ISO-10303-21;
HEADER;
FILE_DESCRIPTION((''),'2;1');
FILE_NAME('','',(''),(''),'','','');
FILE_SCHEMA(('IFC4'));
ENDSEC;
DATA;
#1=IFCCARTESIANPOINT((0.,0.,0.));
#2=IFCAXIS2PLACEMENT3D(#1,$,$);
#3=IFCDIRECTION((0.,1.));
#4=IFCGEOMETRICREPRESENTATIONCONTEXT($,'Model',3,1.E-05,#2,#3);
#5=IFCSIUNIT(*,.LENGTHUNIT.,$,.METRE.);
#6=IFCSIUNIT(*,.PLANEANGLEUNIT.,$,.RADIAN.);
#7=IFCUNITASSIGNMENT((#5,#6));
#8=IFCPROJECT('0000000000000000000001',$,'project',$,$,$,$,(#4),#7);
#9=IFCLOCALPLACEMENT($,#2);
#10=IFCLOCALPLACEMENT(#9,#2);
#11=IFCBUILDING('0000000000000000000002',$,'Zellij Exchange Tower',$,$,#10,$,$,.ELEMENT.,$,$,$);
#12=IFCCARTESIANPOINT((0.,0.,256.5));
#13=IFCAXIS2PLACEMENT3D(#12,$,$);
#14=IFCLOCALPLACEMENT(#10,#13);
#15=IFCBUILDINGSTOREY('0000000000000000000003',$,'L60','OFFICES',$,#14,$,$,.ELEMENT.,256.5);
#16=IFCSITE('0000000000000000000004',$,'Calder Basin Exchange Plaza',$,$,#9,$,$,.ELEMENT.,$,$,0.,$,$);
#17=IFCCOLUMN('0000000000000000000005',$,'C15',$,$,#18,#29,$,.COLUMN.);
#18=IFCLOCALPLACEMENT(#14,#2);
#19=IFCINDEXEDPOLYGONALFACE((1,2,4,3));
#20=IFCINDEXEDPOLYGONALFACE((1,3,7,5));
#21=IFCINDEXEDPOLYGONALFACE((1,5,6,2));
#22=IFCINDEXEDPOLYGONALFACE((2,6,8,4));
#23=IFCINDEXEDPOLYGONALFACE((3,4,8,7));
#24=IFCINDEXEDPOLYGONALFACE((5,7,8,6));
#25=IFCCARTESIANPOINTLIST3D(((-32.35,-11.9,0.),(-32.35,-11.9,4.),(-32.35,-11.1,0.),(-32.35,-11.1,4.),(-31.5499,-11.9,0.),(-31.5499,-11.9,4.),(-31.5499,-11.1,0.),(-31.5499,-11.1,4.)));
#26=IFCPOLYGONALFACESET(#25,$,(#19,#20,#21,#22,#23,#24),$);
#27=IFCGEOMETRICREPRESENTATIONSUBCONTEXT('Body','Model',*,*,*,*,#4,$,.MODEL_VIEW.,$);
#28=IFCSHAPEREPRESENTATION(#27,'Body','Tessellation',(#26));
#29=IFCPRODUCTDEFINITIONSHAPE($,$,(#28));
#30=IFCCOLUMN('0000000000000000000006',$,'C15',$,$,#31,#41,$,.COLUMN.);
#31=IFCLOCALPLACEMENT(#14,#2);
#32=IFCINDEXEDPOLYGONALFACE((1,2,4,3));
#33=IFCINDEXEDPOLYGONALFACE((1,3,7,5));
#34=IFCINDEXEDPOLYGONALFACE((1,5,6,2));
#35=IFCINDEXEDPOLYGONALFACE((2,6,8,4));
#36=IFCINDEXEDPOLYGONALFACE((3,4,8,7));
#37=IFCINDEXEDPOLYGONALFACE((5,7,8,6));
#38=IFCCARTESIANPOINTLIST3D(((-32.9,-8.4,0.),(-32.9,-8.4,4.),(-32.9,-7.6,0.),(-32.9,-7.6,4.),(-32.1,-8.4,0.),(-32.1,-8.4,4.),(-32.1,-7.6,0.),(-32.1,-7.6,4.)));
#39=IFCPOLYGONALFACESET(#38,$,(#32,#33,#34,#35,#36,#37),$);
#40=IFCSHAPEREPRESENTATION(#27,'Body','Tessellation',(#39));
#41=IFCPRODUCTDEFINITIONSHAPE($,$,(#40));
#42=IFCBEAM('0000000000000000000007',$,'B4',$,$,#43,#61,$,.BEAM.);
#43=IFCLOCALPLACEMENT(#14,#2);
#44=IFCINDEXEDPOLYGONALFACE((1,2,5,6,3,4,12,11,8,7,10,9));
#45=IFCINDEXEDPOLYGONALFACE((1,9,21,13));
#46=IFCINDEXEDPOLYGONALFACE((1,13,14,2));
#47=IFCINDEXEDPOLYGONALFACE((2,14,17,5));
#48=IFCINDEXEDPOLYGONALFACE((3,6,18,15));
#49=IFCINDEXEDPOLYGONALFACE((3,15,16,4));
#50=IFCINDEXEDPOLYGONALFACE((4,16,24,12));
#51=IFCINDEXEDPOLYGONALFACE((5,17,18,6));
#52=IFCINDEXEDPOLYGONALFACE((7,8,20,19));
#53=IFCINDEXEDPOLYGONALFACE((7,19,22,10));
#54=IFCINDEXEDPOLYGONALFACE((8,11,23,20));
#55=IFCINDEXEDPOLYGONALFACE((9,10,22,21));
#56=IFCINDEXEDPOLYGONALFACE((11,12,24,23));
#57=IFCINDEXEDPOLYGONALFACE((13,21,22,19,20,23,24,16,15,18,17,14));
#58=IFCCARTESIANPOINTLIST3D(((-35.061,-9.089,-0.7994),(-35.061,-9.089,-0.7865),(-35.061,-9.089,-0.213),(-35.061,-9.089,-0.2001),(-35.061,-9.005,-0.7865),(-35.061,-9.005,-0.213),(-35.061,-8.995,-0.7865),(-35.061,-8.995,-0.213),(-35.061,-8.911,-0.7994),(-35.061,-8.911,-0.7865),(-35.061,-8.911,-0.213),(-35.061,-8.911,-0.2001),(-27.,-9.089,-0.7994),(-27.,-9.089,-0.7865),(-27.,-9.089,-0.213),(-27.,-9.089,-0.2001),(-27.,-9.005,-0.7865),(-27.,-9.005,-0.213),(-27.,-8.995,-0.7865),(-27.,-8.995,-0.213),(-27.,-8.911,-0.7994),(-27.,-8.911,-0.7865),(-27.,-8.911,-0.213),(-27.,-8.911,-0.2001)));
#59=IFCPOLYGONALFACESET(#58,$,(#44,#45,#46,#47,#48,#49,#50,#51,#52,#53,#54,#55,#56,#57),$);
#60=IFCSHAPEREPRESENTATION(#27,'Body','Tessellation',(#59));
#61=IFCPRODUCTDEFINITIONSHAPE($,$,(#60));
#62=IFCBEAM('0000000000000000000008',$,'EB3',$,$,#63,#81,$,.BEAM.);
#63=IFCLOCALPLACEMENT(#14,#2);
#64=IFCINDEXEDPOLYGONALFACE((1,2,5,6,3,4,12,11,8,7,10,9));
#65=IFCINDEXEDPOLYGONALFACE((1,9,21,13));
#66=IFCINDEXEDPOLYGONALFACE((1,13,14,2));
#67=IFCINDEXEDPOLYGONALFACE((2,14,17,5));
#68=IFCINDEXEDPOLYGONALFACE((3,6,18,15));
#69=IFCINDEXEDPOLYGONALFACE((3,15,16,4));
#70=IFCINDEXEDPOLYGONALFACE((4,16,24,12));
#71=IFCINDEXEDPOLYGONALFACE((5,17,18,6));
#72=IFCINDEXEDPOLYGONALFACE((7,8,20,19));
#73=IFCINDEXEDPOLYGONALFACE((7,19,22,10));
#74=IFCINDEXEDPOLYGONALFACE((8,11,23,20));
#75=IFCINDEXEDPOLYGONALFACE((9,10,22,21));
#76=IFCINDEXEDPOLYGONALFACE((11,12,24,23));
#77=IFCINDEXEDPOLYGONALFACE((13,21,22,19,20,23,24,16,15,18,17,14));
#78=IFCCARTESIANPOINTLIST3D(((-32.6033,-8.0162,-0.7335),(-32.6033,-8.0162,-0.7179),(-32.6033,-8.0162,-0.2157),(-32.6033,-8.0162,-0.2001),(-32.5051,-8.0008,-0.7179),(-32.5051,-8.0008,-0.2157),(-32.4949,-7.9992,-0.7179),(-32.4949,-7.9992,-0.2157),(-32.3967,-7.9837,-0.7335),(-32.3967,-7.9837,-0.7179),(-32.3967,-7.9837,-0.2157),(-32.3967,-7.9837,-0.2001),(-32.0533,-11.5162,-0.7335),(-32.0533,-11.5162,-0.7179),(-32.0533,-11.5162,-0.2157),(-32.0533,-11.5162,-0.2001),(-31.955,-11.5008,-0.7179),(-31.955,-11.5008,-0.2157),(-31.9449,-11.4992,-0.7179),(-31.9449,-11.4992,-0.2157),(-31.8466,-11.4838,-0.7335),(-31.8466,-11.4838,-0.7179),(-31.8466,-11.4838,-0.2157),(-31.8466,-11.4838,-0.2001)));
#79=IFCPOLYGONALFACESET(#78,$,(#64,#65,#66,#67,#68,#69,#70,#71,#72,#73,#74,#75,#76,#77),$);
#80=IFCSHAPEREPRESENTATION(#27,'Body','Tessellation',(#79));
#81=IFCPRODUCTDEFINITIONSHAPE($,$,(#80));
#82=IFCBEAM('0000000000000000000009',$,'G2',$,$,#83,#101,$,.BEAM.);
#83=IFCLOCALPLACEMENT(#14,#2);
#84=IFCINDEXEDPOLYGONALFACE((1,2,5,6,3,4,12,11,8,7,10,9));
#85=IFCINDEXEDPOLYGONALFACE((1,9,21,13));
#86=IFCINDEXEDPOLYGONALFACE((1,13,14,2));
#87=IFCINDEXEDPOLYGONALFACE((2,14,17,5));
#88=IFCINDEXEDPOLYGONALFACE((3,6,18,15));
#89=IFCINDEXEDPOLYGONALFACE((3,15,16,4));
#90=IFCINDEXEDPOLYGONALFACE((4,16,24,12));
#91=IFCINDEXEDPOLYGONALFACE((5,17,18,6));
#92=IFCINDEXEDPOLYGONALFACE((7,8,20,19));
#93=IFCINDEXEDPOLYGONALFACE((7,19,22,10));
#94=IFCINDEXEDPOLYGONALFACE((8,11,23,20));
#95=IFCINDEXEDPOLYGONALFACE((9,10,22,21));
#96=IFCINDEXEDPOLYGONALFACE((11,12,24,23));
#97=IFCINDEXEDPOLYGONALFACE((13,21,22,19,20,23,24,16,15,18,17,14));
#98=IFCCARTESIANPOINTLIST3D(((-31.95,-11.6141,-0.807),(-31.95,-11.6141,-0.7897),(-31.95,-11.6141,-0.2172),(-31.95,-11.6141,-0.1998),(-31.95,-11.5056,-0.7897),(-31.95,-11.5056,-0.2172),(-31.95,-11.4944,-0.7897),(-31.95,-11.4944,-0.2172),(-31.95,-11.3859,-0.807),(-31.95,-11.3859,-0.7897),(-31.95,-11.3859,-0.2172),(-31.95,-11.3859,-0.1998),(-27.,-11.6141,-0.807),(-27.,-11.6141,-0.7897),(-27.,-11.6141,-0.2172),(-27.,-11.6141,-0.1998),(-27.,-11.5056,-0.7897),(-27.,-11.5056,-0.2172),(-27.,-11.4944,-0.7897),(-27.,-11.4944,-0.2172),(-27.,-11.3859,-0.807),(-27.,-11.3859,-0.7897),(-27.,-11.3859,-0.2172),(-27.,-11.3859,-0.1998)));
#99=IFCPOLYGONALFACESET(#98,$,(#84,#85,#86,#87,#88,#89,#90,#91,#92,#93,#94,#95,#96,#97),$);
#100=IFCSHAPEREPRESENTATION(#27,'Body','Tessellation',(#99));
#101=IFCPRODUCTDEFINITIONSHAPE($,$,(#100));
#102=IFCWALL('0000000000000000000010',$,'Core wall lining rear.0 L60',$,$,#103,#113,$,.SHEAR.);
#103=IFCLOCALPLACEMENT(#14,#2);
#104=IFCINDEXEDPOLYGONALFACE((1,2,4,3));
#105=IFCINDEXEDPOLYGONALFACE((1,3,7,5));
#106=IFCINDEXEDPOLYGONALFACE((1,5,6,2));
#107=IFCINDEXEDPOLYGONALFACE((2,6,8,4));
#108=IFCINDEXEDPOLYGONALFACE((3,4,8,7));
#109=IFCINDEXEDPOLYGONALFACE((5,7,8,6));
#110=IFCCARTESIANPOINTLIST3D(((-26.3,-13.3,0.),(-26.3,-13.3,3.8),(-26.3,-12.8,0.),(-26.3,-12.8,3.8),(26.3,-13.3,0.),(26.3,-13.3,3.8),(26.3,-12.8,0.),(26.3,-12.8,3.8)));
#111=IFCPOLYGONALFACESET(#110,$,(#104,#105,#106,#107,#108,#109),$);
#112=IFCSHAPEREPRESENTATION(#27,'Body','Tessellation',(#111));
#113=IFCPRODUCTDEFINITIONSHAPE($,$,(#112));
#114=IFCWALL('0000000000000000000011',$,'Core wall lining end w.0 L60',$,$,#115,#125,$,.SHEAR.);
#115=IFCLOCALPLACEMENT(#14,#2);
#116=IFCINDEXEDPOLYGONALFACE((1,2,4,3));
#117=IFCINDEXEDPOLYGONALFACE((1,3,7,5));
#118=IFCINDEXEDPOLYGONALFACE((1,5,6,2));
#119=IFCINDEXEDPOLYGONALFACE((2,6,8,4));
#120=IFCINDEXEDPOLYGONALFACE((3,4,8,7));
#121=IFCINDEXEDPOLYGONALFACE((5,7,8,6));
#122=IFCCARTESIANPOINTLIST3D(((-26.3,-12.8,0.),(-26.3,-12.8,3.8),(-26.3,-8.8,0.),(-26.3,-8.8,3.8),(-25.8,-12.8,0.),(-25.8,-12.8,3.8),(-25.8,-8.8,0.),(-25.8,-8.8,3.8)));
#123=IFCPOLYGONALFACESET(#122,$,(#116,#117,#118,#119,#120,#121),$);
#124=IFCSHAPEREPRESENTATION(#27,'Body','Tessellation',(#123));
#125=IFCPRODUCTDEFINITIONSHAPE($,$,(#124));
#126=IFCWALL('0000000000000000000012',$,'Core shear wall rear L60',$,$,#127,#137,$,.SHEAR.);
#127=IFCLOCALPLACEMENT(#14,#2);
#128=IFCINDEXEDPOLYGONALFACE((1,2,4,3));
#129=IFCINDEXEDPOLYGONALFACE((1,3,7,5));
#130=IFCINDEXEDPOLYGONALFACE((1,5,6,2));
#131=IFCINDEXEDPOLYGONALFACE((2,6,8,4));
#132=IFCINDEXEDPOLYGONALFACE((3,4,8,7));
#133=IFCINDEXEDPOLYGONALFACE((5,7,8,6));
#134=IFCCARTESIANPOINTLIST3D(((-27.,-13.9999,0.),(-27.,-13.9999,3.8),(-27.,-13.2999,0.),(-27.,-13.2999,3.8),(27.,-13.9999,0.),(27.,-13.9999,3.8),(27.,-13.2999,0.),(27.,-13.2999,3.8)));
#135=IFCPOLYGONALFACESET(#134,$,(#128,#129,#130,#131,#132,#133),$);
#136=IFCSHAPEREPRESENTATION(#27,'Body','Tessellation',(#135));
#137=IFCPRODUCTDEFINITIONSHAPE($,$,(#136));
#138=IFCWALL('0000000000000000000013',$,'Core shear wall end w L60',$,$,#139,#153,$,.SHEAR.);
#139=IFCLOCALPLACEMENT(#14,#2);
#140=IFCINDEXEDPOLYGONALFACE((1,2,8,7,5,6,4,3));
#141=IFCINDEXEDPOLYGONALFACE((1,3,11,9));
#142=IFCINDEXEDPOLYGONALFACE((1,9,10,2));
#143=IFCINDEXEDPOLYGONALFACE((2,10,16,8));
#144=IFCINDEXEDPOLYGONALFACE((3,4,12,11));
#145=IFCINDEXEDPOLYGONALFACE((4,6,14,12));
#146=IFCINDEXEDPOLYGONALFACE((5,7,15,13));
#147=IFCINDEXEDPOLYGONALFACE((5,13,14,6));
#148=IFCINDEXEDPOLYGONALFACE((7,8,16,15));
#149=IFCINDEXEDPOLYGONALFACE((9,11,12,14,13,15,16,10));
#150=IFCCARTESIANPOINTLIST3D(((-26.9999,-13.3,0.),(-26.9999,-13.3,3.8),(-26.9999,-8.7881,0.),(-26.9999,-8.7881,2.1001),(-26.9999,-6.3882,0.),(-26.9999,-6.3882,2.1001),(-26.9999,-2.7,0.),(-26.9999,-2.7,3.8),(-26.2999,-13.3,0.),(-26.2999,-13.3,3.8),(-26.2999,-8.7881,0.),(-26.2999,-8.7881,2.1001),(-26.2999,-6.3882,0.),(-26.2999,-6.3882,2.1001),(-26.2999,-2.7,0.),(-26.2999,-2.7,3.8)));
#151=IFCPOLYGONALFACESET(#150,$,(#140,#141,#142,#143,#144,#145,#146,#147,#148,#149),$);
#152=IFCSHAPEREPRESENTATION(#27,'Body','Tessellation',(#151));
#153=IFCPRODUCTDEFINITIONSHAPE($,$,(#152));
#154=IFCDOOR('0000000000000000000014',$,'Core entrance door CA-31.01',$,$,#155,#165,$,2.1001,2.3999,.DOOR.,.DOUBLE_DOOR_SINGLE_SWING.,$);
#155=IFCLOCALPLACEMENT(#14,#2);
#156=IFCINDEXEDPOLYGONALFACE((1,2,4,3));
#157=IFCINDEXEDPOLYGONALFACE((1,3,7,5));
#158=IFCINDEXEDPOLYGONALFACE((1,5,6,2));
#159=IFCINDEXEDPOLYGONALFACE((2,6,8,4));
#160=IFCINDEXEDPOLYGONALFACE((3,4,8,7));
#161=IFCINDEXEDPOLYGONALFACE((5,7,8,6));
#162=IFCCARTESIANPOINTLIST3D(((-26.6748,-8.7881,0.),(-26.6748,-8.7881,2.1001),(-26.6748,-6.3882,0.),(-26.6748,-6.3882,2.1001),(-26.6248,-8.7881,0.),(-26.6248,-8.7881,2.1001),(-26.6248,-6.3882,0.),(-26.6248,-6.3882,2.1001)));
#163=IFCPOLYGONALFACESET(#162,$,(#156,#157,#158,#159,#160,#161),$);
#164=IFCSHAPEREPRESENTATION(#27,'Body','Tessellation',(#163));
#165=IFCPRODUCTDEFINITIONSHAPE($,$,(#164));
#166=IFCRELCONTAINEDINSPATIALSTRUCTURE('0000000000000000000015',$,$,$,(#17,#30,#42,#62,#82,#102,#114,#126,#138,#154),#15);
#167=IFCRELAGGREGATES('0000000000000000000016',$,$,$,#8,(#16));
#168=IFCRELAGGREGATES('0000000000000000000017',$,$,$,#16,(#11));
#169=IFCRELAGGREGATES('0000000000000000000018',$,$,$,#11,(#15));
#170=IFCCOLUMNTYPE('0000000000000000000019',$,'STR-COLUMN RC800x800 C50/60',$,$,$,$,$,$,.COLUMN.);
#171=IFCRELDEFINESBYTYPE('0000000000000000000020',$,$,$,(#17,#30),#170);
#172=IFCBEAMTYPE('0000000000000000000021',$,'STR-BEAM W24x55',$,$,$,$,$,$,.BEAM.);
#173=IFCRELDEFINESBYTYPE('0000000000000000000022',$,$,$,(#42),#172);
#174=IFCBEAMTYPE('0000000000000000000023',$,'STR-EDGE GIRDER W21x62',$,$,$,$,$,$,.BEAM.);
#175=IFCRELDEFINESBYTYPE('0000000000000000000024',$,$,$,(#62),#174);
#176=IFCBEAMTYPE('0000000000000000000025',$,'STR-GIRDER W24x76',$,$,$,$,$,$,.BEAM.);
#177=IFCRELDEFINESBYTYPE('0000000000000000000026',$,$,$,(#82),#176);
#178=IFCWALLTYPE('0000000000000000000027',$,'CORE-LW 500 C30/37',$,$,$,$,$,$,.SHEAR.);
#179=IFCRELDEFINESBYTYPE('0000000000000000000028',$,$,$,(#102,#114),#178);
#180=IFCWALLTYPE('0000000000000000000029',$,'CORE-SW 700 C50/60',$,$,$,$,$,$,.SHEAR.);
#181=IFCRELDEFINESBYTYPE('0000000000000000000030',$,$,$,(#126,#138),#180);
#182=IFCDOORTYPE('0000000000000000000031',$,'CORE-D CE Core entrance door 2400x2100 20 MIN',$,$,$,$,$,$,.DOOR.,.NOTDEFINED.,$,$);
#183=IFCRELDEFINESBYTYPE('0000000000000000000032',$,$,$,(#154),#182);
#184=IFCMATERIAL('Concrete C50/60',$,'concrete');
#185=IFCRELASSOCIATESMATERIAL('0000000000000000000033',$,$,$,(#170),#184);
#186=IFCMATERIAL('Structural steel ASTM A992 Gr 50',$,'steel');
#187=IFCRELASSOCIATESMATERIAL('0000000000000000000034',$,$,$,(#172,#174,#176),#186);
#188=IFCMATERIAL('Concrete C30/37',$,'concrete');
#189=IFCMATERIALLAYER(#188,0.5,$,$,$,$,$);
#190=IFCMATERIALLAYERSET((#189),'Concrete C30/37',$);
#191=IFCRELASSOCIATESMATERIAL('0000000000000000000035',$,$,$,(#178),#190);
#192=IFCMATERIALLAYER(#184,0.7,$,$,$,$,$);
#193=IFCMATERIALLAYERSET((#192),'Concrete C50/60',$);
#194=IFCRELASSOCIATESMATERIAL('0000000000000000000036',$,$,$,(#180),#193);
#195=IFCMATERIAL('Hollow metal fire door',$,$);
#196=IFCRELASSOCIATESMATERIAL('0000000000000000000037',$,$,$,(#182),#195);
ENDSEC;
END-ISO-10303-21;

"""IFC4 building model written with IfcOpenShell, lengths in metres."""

from ifc_helpers import new_model, si_unit, direction, frame, frame_2d, origin, origin_2d, place, context, subcontext, project, spatial, rectangle, i_section, extrude, material, layer, layer_set, material_profile, profile_set, type_object, element, fill, save


model = new_model("IFC4")

# Units and contexts
model_context = context("Model", 3, precision=1e-05, world=origin(), true_north=direction((0.0, 1.0)))
body_context = subcontext(model_context, "Body", "Model", "MODEL_VIEW")
ifc_project = project(units=[si_unit("LENGTHUNIT", "METRE"), si_unit("PLANEANGLEUNIT", "RADIAN")], contexts=[model_context])

# Site, building, storey
site_placement = place(None, origin())
site = spatial("IfcSite", under=ifc_project, at=site_placement, Name="Calder Basin Exchange Plaza", CompositionType="ELEMENT", RefElevation=0.0)
building_placement = place(site_placement, origin())
building = spatial("IfcBuilding", under=site, at=building_placement, Name="Zellij Exchange Tower", CompositionType="ELEMENT")
storey_placement = place(building_placement, frame((0.0, 0.0, 256.5)))
storey = spatial("IfcBuildingStorey", under=building, at=storey_placement, Name="L60", Description="OFFICES", CompositionType="ELEMENT", Elevation=256.5)

# Columns
ifc_material_1 = material(Name="Concrete C50/60", Category="concrete")
ifc_material_profile_1 = material_profile(ifc_material_1, rectangle(XDim=0.8, YDim=0.8, at=origin_2d()), Name="STR-COLUMN RC800x800 C50/60")
ifc_profile_set_1 = profile_set([ifc_material_profile_1], Name="Concrete C50/60")
column_type = type_object("IfcColumnType", Name="STR-COLUMN RC800x800 C50/60", PredefinedType="COLUMN", material=ifc_profile_set_1)
for number, where, z_axis, x_axis, name in (
    (1, (-31.95, -11.5, 0.0), (0.0, 0.0, 1.0), (1.0, 0.0, 0.0), "C15"),
    (2, (-32.5, -8.0, 0.0), (0.0, 0.0, 1.0), (1.0, 0.0, 0.0), "C15"),
):
    element("IfcColumn", number, at=place(storey_placement, frame(where, z_axis=z_axis, x_axis=x_axis)), inside=storey, type_object=column_type, Name=name, PredefinedType="COLUMN", context=body_context, shape_type="SweptSolid", body=[
        extrude(rectangle(XDim=0.8, YDim=0.8, at=origin_2d()), origin(), (0.0, 0.0, 1.0), 4.0),
    ])

# Beams
ifc_material_2 = material(Name="Structural steel ASTM A992 Gr 50", Category="steel")
ifc_material_profile_2 = material_profile(ifc_material_2, i_section(OverallWidth=0.178, OverallDepth=0.5994, WebThickness=0.01, FlangeThickness=0.0129, at=origin_2d()), Name="W24x55")
ifc_profile_set_2 = profile_set([ifc_material_profile_2], Name="Structural steel ASTM A992 Gr 50")
beam_type_1 = type_object("IfcBeamType", Name="STR-BEAM W24x55", PredefinedType="BEAM", material=ifc_profile_set_2)
beam_1_placement = place(storey_placement, frame((-35.061, -9.0, -0.4998), z_axis=(1.0, 0.0, 0.0), x_axis=(0.0, 1.0, 0.0)))
element("IfcBeam", 3, at=beam_1_placement, inside=storey, type_object=beam_type_1, Name="B4", PredefinedType="BEAM", context=body_context, shape_type="SweptSolid", body=[
    extrude(i_section(OverallWidth=0.178, OverallDepth=0.5994, WebThickness=0.01, FlangeThickness=0.0129, at=origin_2d()), origin(), (0.0, 0.0, 1.0), 8.061),
])
ifc_material_profile_3 = material_profile(ifc_material_2, i_section(OverallWidth=0.2092, OverallDepth=0.5334, WebThickness=0.0103, FlangeThickness=0.0156, at=origin_2d()), Name="W21x62")
ifc_profile_set_3 = profile_set([ifc_material_profile_3], Name="Structural steel ASTM A992 Gr 50")
beam_type_2 = type_object("IfcBeamType", Name="STR-EDGE GIRDER W21x62", PredefinedType="BEAM", material=ifc_profile_set_3)
beam_2_placement = place(storey_placement, frame((-31.95, -11.5, -0.4668), z_axis=(-0.155251, 0.987875, 0.0), x_axis=(-0.987875, -0.155251, 0.0)))
element("IfcBeam", 4, at=beam_2_placement, inside=storey, type_object=beam_type_2, Name="EB3", PredefinedType="BEAM", context=body_context, shape_type="SweptSolid", body=[
    extrude(i_section(OverallWidth=0.2092, OverallDepth=0.5334, WebThickness=0.0103, FlangeThickness=0.0156, at=origin_2d()), origin(), (0.0, 0.0, 1.0), 3.543),
])
ifc_material_profile_4 = material_profile(ifc_material_2, i_section(OverallWidth=0.2283, OverallDepth=0.6072, WebThickness=0.0112, FlangeThickness=0.0173, at=origin_2d()), Name="W24x76")
ifc_profile_set_4 = profile_set([ifc_material_profile_4], Name="Structural steel ASTM A992 Gr 50")
beam_type_3 = type_object("IfcBeamType", Name="STR-GIRDER W24x76", PredefinedType="BEAM", material=ifc_profile_set_4)
beam_3_placement = place(storey_placement, frame((-31.95, -11.5, -0.5034), z_axis=(1.0, 0.0, 0.0), x_axis=(0.0, 1.0, 0.0)))
element("IfcBeam", 5, at=beam_3_placement, inside=storey, type_object=beam_type_3, Name="G2", PredefinedType="BEAM", context=body_context, shape_type="SweptSolid", body=[
    extrude(i_section(OverallWidth=0.2283, OverallDepth=0.6072, WebThickness=0.0112, FlangeThickness=0.0173, at=origin_2d()), origin(), (0.0, 0.0, 1.0), 4.95),
])

# Walls
ifc_material_3 = material(Name="Concrete C30/37", Category="concrete")
ifc_layer_1 = layer(ifc_material_3, 0.5)
ifc_layer_set_1 = layer_set([ifc_layer_1], Name="Concrete C30/37")
wall_type_1 = type_object("IfcWallType", Name="CORE-LW 500 C30/37", PredefinedType="SHEAR", material=ifc_layer_set_1)
wall_1_placement = place(storey_placement, frame((-26.3, -13.05, 0.0), z_axis=(0.0, 0.0, 1.0), x_axis=(1.0, 0.0, 0.0)))
element("IfcWall", 6, at=wall_1_placement, inside=storey, type_object=wall_type_1, Name="Core wall lining rear.0 L60", PredefinedType="SHEAR", context=body_context, shape_type="SweptSolid", body=[
    extrude(rectangle(XDim=52.6001, YDim=0.5, at=frame_2d((26.3, 0.0))), origin(), (0.0, 0.0, 1.0), 3.8),
])
wall_2_placement = place(storey_placement, frame((-26.05, -12.8, 0.0), z_axis=(0.0, 0.0, 1.0), x_axis=(0.0, 1.0, 0.0)))
element("IfcWall", 7, at=wall_2_placement, inside=storey, type_object=wall_type_1, Name="Core wall lining end w.0 L60", PredefinedType="SHEAR", context=body_context, shape_type="SweptSolid", body=[
    extrude(rectangle(XDim=4.0, YDim=0.5, at=frame_2d((2.0, 0.0))), origin(), (0.0, 0.0, 1.0), 3.8),
])
ifc_layer_2 = layer(ifc_material_1, 0.7)
ifc_layer_set_2 = layer_set([ifc_layer_2], Name="Concrete C50/60")
wall_type_2 = type_object("IfcWallType", Name="CORE-SW 700 C50/60", PredefinedType="SHEAR", material=ifc_layer_set_2)
wall_3_placement = place(storey_placement, frame((-27.0, -13.6499, 0.0), z_axis=(0.0, 0.0, 1.0), x_axis=(1.0, 0.0, 0.0)))
element("IfcWall", 8, at=wall_3_placement, inside=storey, type_object=wall_type_2, Name="Core shear wall rear L60", PredefinedType="SHEAR", context=body_context, shape_type="SweptSolid", body=[
    extrude(rectangle(XDim=54.0, YDim=0.7, at=frame_2d((27.0, 0.0))), origin(), (0.0, 0.0, 1.0), 3.8),
])

# Wall, opening, door
wall_4_placement = place(storey_placement, frame((-26.6499, -13.3, 0.0), z_axis=(0.0, 0.0, 1.0), x_axis=(0.0, 1.0, 0.0)))
wall_4 = element("IfcWall", 9, at=wall_4_placement, inside=storey, type_object=wall_type_2, Name="Core shear wall end w L60", PredefinedType="SHEAR", context=body_context, shape_type="SweptSolid", body=[
    extrude(rectangle(XDim=10.6001, YDim=0.7, at=frame_2d((5.3, 0.0))), origin(), (0.0, 0.0, 1.0), 3.8),
])
opening_1_placement = place(wall_4_placement, frame((4.512, 0.0, 0.0)))
opening_1 = element("IfcOpeningElement", 10, at=opening_1_placement, cuts=wall_4, PredefinedType="OPENING", context=body_context, shape_type="SweptSolid", body=[
    extrude(rectangle(XDim=2.3999, YDim=2.1001, at=frame_2d((1.2, 1.05))), frame((0.0, 0.3618, 0.0), z_axis=(0.0, -1.0, 0.0), x_axis=(1.0, 0.0, 0.0)), (0.0, 0.0, 1.0), 0.7239),
])
ifc_material_4 = material(Name="Hollow metal fire door")
door_type_1 = type_object("IfcDoorType", Name="CORE-D CE Core entrance door 2400x2100 20 MIN", OperationType="NOTDEFINED", PredefinedType="DOOR", material=ifc_material_4)
door_1_placement = place(opening_1_placement, origin())
door_1 = element("IfcDoor", 11, at=door_1_placement, inside=storey, type_object=door_type_1, Name="Core entrance door CA-31.01", OperationType="DOUBLE_DOOR_SINGLE_SWING", OverallHeight=2.1001, OverallWidth=2.3999, PredefinedType="DOOR", context=body_context, shape_type="SweptSolid", body=[
    extrude(rectangle(XDim=2.3999, YDim=2.1001, at=frame_2d((1.2, 1.05))), frame((0.0, 0.0249, 0.0), z_axis=(0.0, -1.0, 0.0), x_axis=(1.0, 0.0, 0.0)), (0.0, 0.0, 1.0), 0.05),
])
fill(opening_1, door_1)

save(model, "model.ifc")
